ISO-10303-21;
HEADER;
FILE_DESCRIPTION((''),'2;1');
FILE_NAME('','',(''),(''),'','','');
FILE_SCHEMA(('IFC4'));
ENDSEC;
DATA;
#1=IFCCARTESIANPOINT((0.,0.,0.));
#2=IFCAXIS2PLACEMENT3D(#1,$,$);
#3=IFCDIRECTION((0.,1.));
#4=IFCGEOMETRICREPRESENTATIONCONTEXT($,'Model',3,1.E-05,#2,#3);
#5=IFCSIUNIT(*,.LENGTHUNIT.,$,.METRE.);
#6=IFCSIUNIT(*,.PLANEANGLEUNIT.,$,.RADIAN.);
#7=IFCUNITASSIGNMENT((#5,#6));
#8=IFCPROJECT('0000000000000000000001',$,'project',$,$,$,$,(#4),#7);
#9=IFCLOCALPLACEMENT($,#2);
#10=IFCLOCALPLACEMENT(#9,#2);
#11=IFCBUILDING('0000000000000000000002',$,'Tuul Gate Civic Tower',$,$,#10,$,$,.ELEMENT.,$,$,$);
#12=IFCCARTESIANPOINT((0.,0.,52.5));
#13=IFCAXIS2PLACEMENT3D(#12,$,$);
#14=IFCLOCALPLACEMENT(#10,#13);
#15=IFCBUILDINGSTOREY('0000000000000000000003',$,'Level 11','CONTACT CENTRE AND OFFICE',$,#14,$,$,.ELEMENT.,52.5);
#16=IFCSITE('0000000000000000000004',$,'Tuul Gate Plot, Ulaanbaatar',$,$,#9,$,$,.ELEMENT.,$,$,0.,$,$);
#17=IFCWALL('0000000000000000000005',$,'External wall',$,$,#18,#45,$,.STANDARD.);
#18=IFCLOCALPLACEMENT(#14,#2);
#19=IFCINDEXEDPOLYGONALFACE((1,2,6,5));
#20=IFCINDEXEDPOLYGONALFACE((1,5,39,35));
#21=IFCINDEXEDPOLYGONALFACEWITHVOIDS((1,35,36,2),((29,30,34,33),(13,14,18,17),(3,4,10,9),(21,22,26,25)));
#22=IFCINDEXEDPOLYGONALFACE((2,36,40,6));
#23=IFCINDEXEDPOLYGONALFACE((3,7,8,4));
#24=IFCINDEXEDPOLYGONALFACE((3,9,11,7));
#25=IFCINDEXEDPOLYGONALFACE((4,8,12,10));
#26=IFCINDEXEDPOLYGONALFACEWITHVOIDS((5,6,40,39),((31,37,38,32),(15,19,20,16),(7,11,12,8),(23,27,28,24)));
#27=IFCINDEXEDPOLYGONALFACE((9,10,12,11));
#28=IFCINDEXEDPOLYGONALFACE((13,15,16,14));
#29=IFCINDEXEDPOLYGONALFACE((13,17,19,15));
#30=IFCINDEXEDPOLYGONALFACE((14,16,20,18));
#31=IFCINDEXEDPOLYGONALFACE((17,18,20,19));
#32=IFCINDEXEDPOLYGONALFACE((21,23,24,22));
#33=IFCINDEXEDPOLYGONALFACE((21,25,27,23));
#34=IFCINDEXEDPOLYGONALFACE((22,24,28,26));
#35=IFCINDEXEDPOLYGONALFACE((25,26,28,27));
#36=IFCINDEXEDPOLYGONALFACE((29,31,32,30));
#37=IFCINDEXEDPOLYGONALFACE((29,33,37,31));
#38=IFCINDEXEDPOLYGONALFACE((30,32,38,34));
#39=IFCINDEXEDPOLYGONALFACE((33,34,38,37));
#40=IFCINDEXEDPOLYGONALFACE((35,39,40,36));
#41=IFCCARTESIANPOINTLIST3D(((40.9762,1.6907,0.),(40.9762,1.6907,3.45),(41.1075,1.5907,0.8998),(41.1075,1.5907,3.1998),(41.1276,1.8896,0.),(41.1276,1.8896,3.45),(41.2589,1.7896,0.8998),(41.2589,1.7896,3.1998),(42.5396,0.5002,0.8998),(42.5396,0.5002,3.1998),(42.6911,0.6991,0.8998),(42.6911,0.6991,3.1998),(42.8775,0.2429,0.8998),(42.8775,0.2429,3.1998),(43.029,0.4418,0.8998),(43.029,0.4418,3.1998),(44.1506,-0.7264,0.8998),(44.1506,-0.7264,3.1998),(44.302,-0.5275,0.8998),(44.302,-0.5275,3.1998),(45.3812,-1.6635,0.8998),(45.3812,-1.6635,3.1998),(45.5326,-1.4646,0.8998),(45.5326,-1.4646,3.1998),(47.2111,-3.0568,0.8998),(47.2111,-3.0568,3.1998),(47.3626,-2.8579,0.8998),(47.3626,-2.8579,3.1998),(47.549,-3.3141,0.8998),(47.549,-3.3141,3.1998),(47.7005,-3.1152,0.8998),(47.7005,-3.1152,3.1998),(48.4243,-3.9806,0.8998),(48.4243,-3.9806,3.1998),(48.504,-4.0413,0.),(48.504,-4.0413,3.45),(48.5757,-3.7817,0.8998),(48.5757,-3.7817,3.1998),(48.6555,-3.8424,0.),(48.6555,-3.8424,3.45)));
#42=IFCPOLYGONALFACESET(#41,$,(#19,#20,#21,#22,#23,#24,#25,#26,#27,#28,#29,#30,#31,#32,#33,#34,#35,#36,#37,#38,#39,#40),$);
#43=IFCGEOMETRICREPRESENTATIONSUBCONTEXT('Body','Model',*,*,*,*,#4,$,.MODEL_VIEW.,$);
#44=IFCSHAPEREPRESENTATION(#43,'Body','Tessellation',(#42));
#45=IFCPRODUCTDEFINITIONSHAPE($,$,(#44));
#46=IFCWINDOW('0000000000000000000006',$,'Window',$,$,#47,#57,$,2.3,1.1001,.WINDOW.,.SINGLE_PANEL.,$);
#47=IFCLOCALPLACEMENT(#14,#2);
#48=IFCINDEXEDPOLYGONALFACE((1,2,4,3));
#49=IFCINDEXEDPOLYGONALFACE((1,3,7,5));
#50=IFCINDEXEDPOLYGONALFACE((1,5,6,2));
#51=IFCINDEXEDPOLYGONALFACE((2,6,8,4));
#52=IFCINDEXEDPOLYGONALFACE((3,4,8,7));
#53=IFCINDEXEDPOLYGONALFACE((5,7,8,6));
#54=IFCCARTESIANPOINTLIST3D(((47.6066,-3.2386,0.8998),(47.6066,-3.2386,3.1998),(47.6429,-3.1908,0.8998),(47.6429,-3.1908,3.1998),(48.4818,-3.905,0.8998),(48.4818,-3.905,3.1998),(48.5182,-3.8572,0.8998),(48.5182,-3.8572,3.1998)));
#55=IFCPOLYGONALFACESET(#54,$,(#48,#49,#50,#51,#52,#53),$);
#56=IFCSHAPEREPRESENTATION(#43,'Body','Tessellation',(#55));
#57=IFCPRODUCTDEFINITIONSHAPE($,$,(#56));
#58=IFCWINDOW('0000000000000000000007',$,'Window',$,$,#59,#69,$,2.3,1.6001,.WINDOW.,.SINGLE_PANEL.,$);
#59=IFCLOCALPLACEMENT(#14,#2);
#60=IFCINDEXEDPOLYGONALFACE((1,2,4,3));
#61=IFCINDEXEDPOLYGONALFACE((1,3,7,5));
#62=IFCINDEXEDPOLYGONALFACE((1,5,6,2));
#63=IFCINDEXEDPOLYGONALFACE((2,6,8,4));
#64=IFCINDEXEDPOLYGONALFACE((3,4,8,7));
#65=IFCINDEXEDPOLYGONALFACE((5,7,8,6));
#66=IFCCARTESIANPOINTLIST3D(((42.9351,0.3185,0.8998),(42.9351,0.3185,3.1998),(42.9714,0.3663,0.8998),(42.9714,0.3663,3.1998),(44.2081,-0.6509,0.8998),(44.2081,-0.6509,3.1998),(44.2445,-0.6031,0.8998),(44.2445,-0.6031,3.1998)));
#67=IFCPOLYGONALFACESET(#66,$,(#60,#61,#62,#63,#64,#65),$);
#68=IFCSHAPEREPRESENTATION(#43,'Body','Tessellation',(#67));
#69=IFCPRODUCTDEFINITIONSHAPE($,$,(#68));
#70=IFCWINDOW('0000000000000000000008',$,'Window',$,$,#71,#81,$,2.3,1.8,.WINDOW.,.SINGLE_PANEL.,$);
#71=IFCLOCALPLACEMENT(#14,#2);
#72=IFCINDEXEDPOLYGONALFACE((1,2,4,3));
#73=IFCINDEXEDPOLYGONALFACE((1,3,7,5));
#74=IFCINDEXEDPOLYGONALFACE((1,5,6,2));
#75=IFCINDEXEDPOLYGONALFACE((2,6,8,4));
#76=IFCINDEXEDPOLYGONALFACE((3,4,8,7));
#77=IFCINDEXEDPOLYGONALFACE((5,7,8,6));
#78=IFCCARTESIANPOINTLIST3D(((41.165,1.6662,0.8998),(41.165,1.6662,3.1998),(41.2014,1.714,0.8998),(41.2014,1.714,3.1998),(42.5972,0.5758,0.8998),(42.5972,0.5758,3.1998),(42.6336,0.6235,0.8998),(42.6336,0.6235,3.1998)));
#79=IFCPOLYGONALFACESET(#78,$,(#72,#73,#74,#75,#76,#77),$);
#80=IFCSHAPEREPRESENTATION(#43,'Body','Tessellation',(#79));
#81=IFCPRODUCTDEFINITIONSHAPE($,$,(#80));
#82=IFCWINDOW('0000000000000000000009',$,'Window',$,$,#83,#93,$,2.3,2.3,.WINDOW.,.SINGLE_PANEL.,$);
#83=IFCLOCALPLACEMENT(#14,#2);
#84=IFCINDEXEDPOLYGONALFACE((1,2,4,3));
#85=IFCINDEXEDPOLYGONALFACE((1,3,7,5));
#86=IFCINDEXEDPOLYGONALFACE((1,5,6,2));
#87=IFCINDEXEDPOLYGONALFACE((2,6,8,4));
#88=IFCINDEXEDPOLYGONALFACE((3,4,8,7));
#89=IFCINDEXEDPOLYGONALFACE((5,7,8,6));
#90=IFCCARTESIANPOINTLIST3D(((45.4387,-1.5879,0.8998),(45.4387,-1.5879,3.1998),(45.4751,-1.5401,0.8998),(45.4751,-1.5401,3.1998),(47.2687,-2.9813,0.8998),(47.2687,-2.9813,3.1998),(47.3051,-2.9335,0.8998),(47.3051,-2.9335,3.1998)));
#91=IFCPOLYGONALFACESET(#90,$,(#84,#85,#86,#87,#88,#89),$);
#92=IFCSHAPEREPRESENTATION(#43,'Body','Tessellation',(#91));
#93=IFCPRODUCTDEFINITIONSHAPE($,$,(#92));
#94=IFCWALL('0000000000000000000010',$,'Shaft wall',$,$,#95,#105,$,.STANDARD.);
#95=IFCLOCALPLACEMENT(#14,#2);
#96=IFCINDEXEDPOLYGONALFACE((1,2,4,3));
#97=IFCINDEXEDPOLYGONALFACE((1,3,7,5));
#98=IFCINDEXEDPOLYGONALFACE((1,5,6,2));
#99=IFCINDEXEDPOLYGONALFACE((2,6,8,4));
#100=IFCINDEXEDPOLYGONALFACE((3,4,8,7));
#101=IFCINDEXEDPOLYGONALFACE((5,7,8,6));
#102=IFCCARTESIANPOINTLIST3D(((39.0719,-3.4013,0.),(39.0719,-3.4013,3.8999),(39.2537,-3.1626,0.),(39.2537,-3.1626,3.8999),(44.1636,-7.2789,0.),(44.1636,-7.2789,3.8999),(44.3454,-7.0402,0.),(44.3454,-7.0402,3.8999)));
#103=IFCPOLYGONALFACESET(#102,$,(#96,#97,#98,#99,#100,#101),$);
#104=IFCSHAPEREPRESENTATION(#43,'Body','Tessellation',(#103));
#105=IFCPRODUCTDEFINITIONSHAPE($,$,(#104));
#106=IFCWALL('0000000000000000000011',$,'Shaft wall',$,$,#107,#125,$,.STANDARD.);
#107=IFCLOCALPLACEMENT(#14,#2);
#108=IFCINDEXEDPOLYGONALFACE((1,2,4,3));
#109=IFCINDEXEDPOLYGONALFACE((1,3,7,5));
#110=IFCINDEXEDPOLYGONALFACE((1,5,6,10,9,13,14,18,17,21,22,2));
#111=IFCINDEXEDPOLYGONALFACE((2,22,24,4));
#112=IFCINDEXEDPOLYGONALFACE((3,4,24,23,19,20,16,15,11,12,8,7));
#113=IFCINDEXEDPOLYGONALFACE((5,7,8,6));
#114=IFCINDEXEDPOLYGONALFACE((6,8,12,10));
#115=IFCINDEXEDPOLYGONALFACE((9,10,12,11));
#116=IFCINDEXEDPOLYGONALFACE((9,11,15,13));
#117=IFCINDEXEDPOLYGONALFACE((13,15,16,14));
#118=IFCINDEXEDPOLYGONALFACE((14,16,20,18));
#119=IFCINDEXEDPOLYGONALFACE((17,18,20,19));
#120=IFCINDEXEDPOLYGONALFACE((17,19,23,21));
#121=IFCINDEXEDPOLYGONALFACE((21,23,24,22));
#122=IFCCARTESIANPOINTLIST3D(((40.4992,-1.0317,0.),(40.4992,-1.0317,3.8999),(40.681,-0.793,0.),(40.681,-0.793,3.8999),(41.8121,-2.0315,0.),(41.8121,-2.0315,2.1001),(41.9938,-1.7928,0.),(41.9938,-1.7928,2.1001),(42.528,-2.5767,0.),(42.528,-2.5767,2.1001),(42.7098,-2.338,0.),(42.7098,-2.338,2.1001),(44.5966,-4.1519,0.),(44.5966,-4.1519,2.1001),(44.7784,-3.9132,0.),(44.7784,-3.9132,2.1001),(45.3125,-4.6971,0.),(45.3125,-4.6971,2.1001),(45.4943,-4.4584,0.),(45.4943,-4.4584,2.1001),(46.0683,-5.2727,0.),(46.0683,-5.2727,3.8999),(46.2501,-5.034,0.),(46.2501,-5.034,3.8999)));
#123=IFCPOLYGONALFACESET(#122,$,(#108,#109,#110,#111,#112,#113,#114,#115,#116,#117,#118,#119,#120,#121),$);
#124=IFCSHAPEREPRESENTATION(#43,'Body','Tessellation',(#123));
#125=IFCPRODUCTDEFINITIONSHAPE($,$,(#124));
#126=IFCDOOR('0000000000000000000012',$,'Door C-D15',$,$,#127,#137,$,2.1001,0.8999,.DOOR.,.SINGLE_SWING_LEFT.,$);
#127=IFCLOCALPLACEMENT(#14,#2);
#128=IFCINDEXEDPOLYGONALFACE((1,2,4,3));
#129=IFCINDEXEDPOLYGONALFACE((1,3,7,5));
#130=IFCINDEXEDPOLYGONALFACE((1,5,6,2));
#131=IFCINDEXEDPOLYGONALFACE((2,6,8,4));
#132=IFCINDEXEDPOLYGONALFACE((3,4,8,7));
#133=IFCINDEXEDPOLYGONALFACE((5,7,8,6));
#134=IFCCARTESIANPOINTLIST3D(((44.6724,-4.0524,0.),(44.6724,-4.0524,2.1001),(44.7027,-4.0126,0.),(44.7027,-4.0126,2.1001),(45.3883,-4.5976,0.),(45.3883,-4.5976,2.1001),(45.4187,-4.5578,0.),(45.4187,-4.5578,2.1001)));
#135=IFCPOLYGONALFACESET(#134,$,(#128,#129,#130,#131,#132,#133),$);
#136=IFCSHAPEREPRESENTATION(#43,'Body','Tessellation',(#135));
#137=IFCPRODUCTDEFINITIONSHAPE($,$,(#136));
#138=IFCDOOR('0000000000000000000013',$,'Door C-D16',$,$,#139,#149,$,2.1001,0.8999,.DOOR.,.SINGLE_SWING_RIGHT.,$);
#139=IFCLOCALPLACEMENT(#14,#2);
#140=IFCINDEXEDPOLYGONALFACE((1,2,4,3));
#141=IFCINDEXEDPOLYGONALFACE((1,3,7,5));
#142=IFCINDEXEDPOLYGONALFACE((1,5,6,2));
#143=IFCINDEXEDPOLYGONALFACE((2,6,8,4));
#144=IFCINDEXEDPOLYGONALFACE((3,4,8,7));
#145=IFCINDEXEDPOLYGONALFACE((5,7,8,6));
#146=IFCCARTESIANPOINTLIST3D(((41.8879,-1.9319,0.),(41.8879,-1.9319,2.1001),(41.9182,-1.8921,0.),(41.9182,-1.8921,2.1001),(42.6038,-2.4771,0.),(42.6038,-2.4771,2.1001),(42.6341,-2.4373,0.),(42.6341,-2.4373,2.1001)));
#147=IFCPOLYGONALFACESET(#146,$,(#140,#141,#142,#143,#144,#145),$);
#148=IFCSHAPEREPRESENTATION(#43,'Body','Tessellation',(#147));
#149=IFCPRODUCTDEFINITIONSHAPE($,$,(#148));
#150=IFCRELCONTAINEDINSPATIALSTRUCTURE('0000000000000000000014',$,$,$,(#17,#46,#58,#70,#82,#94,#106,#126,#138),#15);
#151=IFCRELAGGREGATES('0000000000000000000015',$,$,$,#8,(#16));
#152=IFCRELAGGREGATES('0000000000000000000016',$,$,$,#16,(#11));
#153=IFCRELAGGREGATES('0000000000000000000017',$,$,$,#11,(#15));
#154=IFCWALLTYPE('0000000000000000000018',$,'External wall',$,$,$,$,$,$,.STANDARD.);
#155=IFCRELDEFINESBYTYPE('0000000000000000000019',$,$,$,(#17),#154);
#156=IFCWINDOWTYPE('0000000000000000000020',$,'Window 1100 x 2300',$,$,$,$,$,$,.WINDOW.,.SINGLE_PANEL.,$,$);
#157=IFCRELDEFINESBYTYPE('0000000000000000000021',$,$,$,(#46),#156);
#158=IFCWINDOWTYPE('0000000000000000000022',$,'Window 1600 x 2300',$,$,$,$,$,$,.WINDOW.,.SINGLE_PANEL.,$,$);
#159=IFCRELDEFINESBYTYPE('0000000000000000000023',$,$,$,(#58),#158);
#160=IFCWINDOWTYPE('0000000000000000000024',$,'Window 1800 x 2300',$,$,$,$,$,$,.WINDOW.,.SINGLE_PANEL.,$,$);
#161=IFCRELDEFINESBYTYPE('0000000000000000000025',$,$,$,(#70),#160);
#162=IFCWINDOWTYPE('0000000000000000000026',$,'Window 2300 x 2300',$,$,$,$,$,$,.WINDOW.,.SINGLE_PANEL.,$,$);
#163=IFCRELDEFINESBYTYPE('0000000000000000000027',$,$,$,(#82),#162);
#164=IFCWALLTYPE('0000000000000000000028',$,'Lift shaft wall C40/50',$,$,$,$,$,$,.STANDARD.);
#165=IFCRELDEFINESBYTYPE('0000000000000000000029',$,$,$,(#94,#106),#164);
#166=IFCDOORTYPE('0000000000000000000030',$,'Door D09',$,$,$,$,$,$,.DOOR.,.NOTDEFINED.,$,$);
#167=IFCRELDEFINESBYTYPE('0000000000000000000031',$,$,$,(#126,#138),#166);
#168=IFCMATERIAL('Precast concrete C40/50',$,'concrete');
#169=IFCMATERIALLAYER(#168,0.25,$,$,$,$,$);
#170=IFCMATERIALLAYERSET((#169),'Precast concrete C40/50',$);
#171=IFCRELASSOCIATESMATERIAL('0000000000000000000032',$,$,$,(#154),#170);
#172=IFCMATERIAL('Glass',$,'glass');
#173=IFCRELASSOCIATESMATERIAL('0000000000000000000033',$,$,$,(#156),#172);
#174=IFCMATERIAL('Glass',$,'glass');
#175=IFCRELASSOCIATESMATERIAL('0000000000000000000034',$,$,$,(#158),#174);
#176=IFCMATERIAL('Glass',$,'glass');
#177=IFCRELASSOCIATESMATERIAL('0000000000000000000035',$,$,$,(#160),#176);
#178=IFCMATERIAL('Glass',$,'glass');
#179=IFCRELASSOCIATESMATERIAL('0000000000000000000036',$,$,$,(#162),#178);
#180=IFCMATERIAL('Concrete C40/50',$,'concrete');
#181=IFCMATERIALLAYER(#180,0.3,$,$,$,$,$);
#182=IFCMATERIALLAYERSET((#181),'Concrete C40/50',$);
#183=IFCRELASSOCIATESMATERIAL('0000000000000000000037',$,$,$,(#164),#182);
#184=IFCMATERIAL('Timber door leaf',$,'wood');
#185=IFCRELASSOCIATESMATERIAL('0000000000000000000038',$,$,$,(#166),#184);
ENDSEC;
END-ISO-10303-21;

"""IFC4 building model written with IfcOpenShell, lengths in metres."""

from ifc_helpers import new_model, si_unit, direction, frame, frame_2d, origin, place, context, subcontext, project, spatial, rectangle, extrude, material, layer, layer_set, type_object, element, fill, save


model = new_model("IFC4")

# Units and contexts
model_context = context("Model", 3, precision=1e-05, world=origin(), true_north=direction((0.0, 1.0)))
body_context = subcontext(model_context, "Body", "Model", "MODEL_VIEW")
ifc_project = project(units=[si_unit("LENGTHUNIT", "METRE"), si_unit("PLANEANGLEUNIT", "RADIAN")], contexts=[model_context])

# Site, building, storey
site_placement = place(None, origin())
site = spatial("IfcSite", under=ifc_project, at=site_placement, Name="Tuul Gate Plot, Ulaanbaatar", CompositionType="ELEMENT", RefElevation=0.0)
building_placement = place(site_placement, origin())
building = spatial("IfcBuilding", under=site, at=building_placement, Name="Tuul Gate Civic Tower", CompositionType="ELEMENT")
storey_placement = place(building_placement, frame((0.0, 0.0, 52.5)))
storey = spatial("IfcBuildingStorey", under=building, at=storey_placement, Name="Level 11", Description="CONTACT CENTRE AND OFFICE", CompositionType="ELEMENT", Elevation=52.5)

# Wall, openings, windows
ifc_material_1 = material(Name="Precast concrete C40/50", Category="concrete")
ifc_layer_1 = layer(ifc_material_1, 0.25)
ifc_layer_set_1 = layer_set([ifc_layer_1], Name="Precast concrete C40/50")
wall_type_1 = type_object("IfcWallType", Name="External wall", PredefinedType="STANDARD", material=ifc_layer_set_1)
wall_1_placement = place(storey_placement, frame((48.5798, -3.9419, 0.0), z_axis=(0.0, 0.0, 1.0), x_axis=(-0.795613, 0.605805, 0.0)))
wall_1 = element("IfcWall", 1, at=wall_1_placement, inside=storey, type_object=wall_type_1, Name="External wall", PredefinedType="STANDARD", context=body_context, shape_type="SweptSolid", body=[
    extrude(rectangle(XDim=9.4617, YDim=0.25, at=frame_2d((4.731, 0.0))), origin(), (0.0, 0.0, 1.0), 3.45),
])
opening_1_placement = place(wall_1_placement, frame((0.1003, 0.0, 0.8999)))
opening_1 = element("IfcOpeningElement", 2, at=opening_1_placement, cuts=wall_1, PredefinedType="OPENING", context=body_context, shape_type="SweptSolid", body=[
    extrude(rectangle(XDim=1.1001, YDim=2.3, at=frame_2d((0.55, 1.1499))), frame((0.0, 0.135, 0.0), z_axis=(0.0, -1.0, 0.0), x_axis=(1.0, 0.0, 0.0)), (0.0, 0.0, 1.0), 0.27),
])
opening_2_placement = place(wall_1_placement, frame((1.6252, 0.0, 0.8999)))
opening_2 = element("IfcOpeningElement", 3, at=opening_2_placement, cuts=wall_1, PredefinedType="OPENING", context=body_context, shape_type="SweptSolid", body=[
    extrude(rectangle(XDim=2.3, YDim=2.3, at=frame_2d((1.1499, 1.1499))), frame((0.0, 0.135, 0.0), z_axis=(0.0, -1.0, 0.0), x_axis=(1.0, 0.0, 0.0)), (0.0, 0.0, 1.0), 0.27),
])
opening_3_placement = place(wall_1_placement, frame((5.4719, 0.0, 0.8999)))
opening_3 = element("IfcOpeningElement", 4, at=opening_3_placement, cuts=wall_1, PredefinedType="OPENING", context=body_context, shape_type="SweptSolid", body=[
    extrude(rectangle(XDim=1.6001, YDim=2.3, at=frame_2d((0.8, 1.1499))), frame((0.0, 0.135, 0.0), z_axis=(0.0, -1.0, 0.0), x_axis=(1.0, 0.0, 0.0)), (0.0, 0.0, 1.0), 0.27),
])
opening_4_placement = place(wall_1_placement, frame((7.4968, 0.0, 0.8999)))
opening_4 = element("IfcOpeningElement", 5, at=opening_4_placement, cuts=wall_1, PredefinedType="OPENING", context=body_context, shape_type="SweptSolid", body=[
    extrude(rectangle(XDim=1.8, YDim=2.3, at=frame_2d((0.8999, 1.1499))), frame((0.0, 0.135, 0.0), z_axis=(0.0, -1.0, 0.0), x_axis=(1.0, 0.0, 0.0)), (0.0, 0.0, 1.0), 0.27),
])
ifc_material_2 = material(Name="Glass", Category="glass")
window_type_1 = type_object("IfcWindowType", Name="Window 1100 x 2300", PartitioningType="SINGLE_PANEL", PredefinedType="WINDOW", material=ifc_material_2)
window_1_placement = place(opening_1_placement, origin())
window_1 = element("IfcWindow", 6, at=window_1_placement, inside=storey, type_object=window_type_1, Name="Window", OverallHeight=2.3, OverallWidth=1.1001, PartitioningType="SINGLE_PANEL", PredefinedType="WINDOW", context=body_context, shape_type="SweptSolid", body=[
    extrude(rectangle(XDim=1.1001, YDim=2.3, at=frame_2d((0.55, 1.1499))), frame((0.0, 0.03, 0.0), z_axis=(0.0, -1.0, 0.0), x_axis=(1.0, 0.0, 0.0)), (0.0, 0.0, 1.0), 0.0601),
])
fill(opening_1, window_1)
ifc_material_3 = material(Name="Glass", Category="glass")
window_type_2 = type_object("IfcWindowType", Name="Window 1600 x 2300", PartitioningType="SINGLE_PANEL", PredefinedType="WINDOW", material=ifc_material_3)
window_2_placement = place(opening_3_placement, origin())
window_2 = element("IfcWindow", 7, at=window_2_placement, inside=storey, type_object=window_type_2, Name="Window", OverallHeight=2.3, OverallWidth=1.6001, PartitioningType="SINGLE_PANEL", PredefinedType="WINDOW", context=body_context, shape_type="SweptSolid", body=[
    extrude(rectangle(XDim=1.6001, YDim=2.3, at=frame_2d((0.8, 1.1499))), frame((0.0, 0.03, 0.0), z_axis=(0.0, -1.0, 0.0), x_axis=(1.0, 0.0, 0.0)), (0.0, 0.0, 1.0), 0.0601),
])
fill(opening_3, window_2)
ifc_material_4 = material(Name="Glass", Category="glass")
window_type_3 = type_object("IfcWindowType", Name="Window 1800 x 2300", PartitioningType="SINGLE_PANEL", PredefinedType="WINDOW", material=ifc_material_4)
window_3_placement = place(opening_4_placement, origin())
window_3 = element("IfcWindow", 8, at=window_3_placement, inside=storey, type_object=window_type_3, Name="Window", OverallHeight=2.3, OverallWidth=1.8, PartitioningType="SINGLE_PANEL", PredefinedType="WINDOW", context=body_context, shape_type="SweptSolid", body=[
    extrude(rectangle(XDim=1.8, YDim=2.3, at=frame_2d((0.8999, 1.1499))), frame((0.0, 0.03, 0.0), z_axis=(0.0, -1.0, 0.0), x_axis=(1.0, 0.0, 0.0)), (0.0, 0.0, 1.0), 0.0601),
])
fill(opening_4, window_3)
ifc_material_5 = material(Name="Glass", Category="glass")
window_type_4 = type_object("IfcWindowType", Name="Window 2300 x 2300", PartitioningType="SINGLE_PANEL", PredefinedType="WINDOW", material=ifc_material_5)
window_4_placement = place(opening_2_placement, origin())
window_4 = element("IfcWindow", 9, at=window_4_placement, inside=storey, type_object=window_type_4, Name="Window", OverallHeight=2.3, OverallWidth=2.3, PartitioningType="SINGLE_PANEL", PredefinedType="WINDOW", context=body_context, shape_type="SweptSolid", body=[
    extrude(rectangle(XDim=2.3, YDim=2.3, at=frame_2d((1.1499, 1.1499))), frame((0.0, 0.03, 0.0), z_axis=(0.0, -1.0, 0.0), x_axis=(1.0, 0.0, 0.0)), (0.0, 0.0, 1.0), 0.0601),
])
fill(opening_2, window_4)

# Wall
ifc_material_6 = material(Name="Concrete C40/50", Category="concrete")
ifc_layer_2 = layer(ifc_material_6, 0.3)
ifc_layer_set_2 = layer_set([ifc_layer_2], Name="Concrete C40/50")
wall_type_2 = type_object("IfcWallType", Name="Lift shaft wall C40/50", PredefinedType="STANDARD", material=ifc_layer_set_2)
wall_2_placement = place(storey_placement, frame((44.2546, -7.1597, 0.0), z_axis=(0.0, 0.0, 1.0), x_axis=(-0.795566, 0.605867, 0.0)))
element("IfcWall", 10, at=wall_2_placement, inside=storey, type_object=wall_type_2, Name="Shaft wall", PredefinedType="STANDARD", context=body_context, shape_type="SweptSolid", body=[
    extrude(rectangle(XDim=6.4001, YDim=0.3, at=frame_2d((3.2002, 0.0))), origin(), (0.0, 0.0, 1.0), 3.8999),
])

# Wall, openings, doors
wall_3_placement = place(storey_placement, frame((46.1592, -5.1533, 0.0), z_axis=(0.0, 0.0, 1.0), x_axis=(-0.79558, 0.605849, 0.0)))
wall_3 = element("IfcWall", 11, at=wall_3_placement, inside=storey, type_object=wall_type_2, Name="Shaft wall", PredefinedType="STANDARD", context=body_context, shape_type="SweptSolid", body=[
    extrude(rectangle(XDim=7.0, YDim=0.3, at=frame_2d((3.5, 0.0))), origin(), (0.0, 0.0, 1.0), 3.8999),
])
opening_5_placement = place(wall_3_placement, frame((0.95, 0.0, 0.0)))
opening_5 = element("IfcOpeningElement", 12, at=opening_5_placement, cuts=wall_3, PredefinedType="OPENING", context=body_context, shape_type="SweptSolid", body=[
    extrude(rectangle(XDim=0.8999, YDim=2.1001, at=frame_2d((0.45, 1.05))), frame((0.0, 0.1602, 0.0), z_axis=(0.0, -1.0, 0.0), x_axis=(1.0, 0.0, 0.0)), (0.0, 0.0, 1.0), 0.3201),
])
opening_6_placement = place(wall_3_placement, frame((4.45, 0.0, 0.0)))
opening_6 = element("IfcOpeningElement", 13, at=opening_6_placement, cuts=wall_3, PredefinedType="OPENING", context=body_context, shape_type="SweptSolid", body=[
    extrude(rectangle(XDim=0.8999, YDim=2.1001, at=frame_2d((0.45, 1.05))), frame((0.0, 0.1602, 0.0), z_axis=(0.0, -1.0, 0.0), x_axis=(1.0, 0.0, 0.0)), (0.0, 0.0, 1.0), 0.3201),
])
ifc_material_7 = material(Name="Timber door leaf", Category="wood")
door_type_1 = type_object("IfcDoorType", Name="Door D09", OperationType="NOTDEFINED", PredefinedType="DOOR", material=ifc_material_7)
door_1_placement = place(opening_5_placement, origin())
door_1 = element("IfcDoor", 14, at=door_1_placement, inside=storey, type_object=door_type_1, Name="Door C-D15", OperationType="SINGLE_SWING_LEFT", OverallHeight=2.1001, OverallWidth=0.8999, PredefinedType="DOOR", context=body_context, shape_type="SweptSolid", body=[
    extrude(rectangle(XDim=0.8999, YDim=2.1001, at=frame_2d((0.45, 1.05))), frame((0.0, 0.0249, 0.0), z_axis=(0.0, -1.0, 0.0), x_axis=(1.0, 0.0, 0.0)), (0.0, 0.0, 1.0), 0.05),
])
fill(opening_5, door_1)
door_2_placement = place(opening_6_placement, origin())
door_2 = element("IfcDoor", 15, at=door_2_placement, inside=storey, type_object=door_type_1, Name="Door C-D16", OperationType="SINGLE_SWING_RIGHT", OverallHeight=2.1001, OverallWidth=0.8999, PredefinedType="DOOR", context=body_context, shape_type="SweptSolid", body=[
    extrude(rectangle(XDim=0.8999, YDim=2.1001, at=frame_2d((0.45, 1.05))), frame((0.0, 0.0249, 0.0), z_axis=(0.0, -1.0, 0.0), x_axis=(1.0, 0.0, 0.0)), (0.0, 0.0, 1.0), 0.05),
])
fill(opening_6, door_2)

save(model, "model.ifc")
